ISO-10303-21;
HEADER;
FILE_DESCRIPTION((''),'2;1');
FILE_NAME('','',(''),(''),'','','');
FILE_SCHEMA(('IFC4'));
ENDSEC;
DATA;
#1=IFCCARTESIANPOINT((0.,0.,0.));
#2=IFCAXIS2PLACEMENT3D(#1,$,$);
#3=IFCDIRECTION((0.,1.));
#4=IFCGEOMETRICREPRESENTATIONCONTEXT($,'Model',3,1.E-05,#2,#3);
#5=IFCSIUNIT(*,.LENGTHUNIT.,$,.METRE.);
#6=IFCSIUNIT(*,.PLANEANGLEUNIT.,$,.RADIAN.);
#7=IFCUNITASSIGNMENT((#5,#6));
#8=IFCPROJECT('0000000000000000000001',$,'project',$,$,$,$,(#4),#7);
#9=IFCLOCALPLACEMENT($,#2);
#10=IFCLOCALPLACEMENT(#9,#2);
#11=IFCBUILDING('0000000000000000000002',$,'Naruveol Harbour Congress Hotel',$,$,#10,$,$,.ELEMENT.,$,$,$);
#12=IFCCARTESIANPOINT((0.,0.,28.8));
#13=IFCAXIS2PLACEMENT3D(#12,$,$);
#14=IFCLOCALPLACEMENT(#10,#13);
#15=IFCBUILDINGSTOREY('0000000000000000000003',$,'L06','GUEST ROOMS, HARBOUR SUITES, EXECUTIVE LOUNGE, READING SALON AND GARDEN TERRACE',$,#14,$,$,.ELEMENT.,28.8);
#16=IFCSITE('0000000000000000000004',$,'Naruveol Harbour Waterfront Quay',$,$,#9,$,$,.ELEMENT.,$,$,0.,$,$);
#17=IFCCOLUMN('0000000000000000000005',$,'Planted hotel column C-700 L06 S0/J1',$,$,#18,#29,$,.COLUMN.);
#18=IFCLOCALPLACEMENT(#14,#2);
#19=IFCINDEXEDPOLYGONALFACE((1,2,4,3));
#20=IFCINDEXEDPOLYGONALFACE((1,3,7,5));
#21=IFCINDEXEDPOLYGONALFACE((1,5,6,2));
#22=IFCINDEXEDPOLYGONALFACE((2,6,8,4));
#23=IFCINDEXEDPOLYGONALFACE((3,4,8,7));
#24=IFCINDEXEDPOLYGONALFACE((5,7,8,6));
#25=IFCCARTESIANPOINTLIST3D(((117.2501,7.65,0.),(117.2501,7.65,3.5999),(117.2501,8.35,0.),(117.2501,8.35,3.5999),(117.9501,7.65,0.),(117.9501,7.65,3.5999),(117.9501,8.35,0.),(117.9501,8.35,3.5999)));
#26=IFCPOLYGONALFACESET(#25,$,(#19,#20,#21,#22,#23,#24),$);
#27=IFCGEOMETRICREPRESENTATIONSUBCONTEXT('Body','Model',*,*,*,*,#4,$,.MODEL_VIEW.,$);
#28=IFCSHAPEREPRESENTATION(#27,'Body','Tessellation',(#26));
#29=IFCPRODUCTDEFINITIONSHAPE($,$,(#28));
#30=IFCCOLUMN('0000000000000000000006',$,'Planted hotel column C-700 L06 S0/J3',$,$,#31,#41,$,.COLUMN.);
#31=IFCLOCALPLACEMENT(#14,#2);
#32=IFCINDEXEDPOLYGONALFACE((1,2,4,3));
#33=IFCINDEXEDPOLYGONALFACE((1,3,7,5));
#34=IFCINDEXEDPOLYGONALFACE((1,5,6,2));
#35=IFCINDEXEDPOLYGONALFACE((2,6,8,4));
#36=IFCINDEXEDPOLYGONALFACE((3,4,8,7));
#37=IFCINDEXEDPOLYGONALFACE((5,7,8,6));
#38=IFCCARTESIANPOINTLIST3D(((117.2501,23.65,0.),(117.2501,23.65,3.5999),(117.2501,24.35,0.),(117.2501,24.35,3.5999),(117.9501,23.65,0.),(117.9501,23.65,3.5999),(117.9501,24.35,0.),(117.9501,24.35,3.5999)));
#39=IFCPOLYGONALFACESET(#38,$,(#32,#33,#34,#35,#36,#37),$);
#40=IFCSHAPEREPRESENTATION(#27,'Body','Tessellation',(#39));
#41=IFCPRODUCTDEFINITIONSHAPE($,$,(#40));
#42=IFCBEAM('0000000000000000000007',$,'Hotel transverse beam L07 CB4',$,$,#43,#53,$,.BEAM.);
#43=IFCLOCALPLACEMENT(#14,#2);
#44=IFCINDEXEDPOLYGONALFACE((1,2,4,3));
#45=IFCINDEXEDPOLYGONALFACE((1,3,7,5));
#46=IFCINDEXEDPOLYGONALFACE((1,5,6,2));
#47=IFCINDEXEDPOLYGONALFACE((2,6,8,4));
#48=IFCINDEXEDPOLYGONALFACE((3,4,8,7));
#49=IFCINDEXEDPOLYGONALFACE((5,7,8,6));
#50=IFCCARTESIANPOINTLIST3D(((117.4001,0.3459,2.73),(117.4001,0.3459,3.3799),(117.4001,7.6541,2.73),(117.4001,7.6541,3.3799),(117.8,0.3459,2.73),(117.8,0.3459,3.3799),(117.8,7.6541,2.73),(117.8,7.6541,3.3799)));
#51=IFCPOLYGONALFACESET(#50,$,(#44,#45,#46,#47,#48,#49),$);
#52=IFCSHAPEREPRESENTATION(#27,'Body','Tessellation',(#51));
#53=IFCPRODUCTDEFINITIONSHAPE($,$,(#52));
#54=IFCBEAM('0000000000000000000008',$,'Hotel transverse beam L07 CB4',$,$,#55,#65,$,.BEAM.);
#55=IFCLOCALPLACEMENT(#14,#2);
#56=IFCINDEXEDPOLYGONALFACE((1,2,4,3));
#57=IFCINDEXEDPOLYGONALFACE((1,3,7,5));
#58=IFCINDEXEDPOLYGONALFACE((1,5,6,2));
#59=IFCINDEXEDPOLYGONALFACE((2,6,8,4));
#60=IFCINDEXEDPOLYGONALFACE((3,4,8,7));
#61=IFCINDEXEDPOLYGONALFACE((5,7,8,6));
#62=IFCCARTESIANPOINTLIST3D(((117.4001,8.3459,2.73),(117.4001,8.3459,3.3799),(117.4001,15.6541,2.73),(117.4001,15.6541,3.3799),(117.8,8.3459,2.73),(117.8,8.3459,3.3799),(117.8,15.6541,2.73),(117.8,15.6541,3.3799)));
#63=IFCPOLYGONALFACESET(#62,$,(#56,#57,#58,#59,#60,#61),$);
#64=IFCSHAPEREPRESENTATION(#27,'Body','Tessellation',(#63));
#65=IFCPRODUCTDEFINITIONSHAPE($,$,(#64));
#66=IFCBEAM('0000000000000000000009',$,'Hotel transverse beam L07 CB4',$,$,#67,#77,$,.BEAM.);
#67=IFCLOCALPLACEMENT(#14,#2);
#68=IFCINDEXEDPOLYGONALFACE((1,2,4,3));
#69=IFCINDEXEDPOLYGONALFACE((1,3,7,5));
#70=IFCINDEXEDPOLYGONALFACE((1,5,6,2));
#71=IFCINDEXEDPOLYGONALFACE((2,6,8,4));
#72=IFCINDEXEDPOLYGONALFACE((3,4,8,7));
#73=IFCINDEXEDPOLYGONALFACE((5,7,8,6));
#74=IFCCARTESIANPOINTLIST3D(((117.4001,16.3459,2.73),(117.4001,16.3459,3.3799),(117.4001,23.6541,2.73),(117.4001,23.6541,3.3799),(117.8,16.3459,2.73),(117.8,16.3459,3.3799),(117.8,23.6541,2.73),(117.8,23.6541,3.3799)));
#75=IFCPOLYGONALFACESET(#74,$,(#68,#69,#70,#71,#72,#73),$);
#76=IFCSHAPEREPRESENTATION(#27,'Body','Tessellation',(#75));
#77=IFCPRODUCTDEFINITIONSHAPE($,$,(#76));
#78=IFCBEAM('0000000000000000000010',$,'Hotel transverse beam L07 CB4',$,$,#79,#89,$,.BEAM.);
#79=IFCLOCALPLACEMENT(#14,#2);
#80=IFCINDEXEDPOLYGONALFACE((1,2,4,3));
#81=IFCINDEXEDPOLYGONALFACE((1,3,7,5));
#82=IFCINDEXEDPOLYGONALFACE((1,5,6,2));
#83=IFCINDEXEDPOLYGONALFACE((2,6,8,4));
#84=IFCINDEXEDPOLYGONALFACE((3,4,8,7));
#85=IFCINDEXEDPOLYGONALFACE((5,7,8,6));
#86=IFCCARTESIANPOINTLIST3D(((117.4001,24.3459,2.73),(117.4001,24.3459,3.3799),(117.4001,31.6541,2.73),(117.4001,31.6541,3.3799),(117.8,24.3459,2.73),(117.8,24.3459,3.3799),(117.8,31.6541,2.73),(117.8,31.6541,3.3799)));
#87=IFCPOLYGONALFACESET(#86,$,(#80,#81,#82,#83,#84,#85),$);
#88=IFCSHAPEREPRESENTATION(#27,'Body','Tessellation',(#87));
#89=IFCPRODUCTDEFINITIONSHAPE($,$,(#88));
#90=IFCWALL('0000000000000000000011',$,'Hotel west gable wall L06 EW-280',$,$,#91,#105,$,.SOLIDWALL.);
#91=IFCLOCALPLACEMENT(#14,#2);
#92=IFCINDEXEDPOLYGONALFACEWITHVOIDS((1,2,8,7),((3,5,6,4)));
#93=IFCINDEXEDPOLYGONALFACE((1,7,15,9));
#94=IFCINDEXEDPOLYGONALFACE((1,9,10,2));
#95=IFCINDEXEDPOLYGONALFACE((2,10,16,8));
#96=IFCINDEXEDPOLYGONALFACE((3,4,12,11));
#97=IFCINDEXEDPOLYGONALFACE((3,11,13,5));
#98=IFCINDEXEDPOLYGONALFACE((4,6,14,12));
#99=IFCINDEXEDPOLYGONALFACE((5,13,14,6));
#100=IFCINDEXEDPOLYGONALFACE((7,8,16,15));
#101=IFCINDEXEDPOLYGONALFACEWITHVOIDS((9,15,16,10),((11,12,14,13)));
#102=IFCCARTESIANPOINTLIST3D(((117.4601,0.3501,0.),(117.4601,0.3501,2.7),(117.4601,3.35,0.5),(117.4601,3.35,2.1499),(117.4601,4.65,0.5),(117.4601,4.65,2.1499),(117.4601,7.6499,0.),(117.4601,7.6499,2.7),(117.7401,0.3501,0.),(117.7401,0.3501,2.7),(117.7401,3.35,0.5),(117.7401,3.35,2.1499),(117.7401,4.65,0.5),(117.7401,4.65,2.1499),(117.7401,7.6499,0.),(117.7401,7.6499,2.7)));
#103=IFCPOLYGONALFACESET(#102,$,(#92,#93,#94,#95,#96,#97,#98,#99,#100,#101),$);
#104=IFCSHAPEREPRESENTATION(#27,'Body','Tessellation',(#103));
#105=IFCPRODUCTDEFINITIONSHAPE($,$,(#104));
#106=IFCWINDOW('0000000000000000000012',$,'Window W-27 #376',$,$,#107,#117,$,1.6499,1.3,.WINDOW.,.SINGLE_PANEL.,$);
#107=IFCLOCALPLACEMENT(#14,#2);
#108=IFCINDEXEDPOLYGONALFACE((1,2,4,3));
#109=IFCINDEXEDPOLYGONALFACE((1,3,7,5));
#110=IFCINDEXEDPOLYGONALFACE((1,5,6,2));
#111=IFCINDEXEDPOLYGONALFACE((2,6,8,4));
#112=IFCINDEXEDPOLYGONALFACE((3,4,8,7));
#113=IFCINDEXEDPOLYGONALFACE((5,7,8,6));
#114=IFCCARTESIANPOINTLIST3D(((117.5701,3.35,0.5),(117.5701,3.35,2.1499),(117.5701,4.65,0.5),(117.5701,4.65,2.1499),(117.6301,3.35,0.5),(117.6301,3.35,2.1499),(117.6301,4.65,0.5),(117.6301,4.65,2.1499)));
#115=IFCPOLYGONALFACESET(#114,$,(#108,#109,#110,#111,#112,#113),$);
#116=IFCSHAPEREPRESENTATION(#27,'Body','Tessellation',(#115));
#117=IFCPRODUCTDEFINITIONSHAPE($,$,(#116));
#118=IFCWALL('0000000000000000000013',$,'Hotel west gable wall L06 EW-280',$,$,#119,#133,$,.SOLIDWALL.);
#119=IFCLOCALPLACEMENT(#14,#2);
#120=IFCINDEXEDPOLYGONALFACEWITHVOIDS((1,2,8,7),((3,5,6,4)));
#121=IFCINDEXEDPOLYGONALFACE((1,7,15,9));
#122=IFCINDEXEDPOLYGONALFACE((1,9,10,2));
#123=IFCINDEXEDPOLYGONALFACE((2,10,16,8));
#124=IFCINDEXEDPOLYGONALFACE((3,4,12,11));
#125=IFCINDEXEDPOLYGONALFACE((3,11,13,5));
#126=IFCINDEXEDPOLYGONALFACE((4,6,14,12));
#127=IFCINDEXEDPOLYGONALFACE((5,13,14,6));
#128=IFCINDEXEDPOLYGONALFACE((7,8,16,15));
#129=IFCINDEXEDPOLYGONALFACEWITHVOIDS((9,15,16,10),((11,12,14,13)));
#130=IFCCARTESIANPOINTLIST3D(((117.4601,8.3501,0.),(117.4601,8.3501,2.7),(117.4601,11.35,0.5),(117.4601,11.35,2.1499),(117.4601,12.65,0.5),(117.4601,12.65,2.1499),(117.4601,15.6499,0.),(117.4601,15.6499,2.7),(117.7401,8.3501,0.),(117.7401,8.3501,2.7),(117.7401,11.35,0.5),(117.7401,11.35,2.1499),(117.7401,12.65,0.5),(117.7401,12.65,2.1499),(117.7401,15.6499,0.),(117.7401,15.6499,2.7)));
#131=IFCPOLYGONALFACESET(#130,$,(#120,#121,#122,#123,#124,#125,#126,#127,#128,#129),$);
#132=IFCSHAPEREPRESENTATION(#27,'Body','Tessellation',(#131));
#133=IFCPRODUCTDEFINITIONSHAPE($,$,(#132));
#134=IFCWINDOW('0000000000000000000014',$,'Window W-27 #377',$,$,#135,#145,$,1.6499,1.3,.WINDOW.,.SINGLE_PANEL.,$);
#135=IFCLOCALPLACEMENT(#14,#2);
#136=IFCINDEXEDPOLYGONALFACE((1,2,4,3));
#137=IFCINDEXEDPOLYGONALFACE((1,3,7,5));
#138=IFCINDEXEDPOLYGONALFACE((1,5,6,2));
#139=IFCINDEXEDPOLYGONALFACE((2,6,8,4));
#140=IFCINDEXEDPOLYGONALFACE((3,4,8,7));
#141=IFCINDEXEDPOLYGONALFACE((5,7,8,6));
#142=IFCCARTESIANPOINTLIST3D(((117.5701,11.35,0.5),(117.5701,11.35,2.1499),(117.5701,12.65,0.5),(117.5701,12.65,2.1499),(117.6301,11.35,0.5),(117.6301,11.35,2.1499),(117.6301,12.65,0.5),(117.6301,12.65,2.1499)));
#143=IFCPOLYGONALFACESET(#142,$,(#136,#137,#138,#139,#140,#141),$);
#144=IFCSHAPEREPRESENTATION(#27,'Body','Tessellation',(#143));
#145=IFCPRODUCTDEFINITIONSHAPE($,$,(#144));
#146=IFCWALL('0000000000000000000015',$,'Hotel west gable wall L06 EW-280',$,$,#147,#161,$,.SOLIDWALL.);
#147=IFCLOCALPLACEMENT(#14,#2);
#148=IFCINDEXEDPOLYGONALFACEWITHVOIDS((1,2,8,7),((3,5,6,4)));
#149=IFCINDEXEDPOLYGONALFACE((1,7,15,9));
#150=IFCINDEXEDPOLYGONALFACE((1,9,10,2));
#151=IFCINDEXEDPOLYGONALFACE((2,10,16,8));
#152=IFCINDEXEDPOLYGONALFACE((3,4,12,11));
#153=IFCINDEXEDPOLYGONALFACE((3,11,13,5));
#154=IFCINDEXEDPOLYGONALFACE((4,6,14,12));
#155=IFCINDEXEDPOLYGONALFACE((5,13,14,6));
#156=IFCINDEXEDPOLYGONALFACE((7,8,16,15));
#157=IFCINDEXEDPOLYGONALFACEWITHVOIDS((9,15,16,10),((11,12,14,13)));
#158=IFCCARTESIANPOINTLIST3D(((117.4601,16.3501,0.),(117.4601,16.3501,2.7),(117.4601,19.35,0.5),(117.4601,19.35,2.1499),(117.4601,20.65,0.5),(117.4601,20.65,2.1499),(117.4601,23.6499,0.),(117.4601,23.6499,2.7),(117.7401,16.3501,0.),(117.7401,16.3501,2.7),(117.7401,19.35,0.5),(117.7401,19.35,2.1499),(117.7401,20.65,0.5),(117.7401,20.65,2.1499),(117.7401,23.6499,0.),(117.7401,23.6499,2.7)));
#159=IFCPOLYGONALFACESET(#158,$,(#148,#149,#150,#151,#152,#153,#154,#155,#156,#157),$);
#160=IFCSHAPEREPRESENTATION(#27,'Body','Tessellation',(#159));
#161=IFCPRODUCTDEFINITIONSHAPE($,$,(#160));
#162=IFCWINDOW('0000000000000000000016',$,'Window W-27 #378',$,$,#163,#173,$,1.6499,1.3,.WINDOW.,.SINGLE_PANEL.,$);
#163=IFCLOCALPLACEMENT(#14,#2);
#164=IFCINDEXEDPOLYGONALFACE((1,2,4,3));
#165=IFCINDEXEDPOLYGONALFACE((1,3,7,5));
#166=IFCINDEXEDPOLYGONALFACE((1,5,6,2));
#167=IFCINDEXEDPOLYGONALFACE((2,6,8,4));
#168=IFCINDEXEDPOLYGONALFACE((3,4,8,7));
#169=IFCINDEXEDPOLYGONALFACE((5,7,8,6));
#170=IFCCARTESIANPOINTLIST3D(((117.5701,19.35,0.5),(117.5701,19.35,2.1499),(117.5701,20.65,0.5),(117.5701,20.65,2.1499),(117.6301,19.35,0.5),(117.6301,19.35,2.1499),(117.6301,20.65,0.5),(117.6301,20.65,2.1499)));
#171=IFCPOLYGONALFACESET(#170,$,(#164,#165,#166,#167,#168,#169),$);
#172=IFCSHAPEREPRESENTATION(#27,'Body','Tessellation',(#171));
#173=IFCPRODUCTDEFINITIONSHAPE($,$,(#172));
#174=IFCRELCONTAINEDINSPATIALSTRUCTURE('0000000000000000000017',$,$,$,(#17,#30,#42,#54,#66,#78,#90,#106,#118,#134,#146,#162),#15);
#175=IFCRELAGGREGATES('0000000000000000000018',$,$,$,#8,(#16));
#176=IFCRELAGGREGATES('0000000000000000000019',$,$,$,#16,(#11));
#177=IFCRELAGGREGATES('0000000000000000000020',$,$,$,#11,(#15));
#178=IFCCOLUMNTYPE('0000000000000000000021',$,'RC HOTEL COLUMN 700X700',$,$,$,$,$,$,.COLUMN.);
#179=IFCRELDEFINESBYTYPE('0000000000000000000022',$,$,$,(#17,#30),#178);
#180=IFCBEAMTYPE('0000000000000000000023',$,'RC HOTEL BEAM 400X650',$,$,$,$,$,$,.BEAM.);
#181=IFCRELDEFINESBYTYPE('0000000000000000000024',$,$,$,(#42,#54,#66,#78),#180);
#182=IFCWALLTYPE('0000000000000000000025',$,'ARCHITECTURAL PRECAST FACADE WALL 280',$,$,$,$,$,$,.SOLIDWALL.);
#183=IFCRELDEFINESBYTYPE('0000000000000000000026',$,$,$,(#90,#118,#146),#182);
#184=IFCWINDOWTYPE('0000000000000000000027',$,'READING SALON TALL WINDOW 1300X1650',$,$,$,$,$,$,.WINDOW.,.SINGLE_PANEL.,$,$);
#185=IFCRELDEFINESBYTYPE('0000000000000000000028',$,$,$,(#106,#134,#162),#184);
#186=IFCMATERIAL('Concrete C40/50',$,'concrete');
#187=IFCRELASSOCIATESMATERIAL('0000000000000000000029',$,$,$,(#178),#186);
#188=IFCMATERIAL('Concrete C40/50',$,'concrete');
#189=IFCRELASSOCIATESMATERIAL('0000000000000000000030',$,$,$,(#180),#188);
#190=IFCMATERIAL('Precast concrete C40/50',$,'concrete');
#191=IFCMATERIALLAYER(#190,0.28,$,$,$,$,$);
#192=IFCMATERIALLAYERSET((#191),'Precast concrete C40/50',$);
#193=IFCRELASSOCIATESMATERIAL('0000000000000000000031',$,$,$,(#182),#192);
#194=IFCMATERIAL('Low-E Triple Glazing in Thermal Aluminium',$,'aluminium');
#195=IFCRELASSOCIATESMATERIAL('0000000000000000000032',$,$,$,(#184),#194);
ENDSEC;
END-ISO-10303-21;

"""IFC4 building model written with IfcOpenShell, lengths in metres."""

from ifc_helpers import new_model, si_unit, direction, frame, frame_2d, origin, origin_2d, place, context, subcontext, project, spatial, rectangle, extrude, material, layer, layer_set, material_profile, profile_set, type_object, element, fill, save


model = new_model("IFC4")

# Units and contexts
model_context = context("Model", 3, precision=1e-05, world=origin(), true_north=direction((0.0, 1.0)))
body_context = subcontext(model_context, "Body", "Model", "MODEL_VIEW")
ifc_project = project(units=[si_unit("LENGTHUNIT", "METRE"), si_unit("PLANEANGLEUNIT", "RADIAN")], contexts=[model_context])

# Site, building, storey
site_placement = place(None, origin())
site = spatial("IfcSite", under=ifc_project, at=site_placement, Name="Naruveol Harbour Waterfront Quay", CompositionType="ELEMENT", RefElevation=0.0)
building_placement = place(site_placement, origin())
building = spatial("IfcBuilding", under=site, at=building_placement, Name="Naruveol Harbour Congress Hotel", CompositionType="ELEMENT")
storey_placement = place(building_placement, frame((0.0, 0.0, 28.8)))
storey = spatial("IfcBuildingStorey", under=building, at=storey_placement, Name="L06", Description="GUEST ROOMS, HARBOUR SUITES, EXECUTIVE LOUNGE, READING SALON AND GARDEN TERRACE", CompositionType="ELEMENT", Elevation=28.8)

# Columns
ifc_material_1 = material(Name="Concrete C40/50", Category="concrete")
ifc_material_profile_1 = material_profile(ifc_material_1, rectangle(XDim=0.7, YDim=0.7, at=origin_2d()), Name="RC-700x700")
ifc_profile_set_1 = profile_set([ifc_material_profile_1], Name="Concrete C40/50")
column_type = type_object("IfcColumnType", Name="RC HOTEL COLUMN 700X700", PredefinedType="COLUMN", material=ifc_profile_set_1)
for number, where, z_axis, x_axis, name in (
    (1, (117.6001, 8.0, 0.0), (0.0, 0.0, 1.0), (1.0, 0.0, 0.0), "Planted hotel column C-700 L06 S0/J1"),
    (2, (117.6001, 24.0, 0.0), (0.0, 0.0, 1.0), (1.0, 0.0, 0.0), "Planted hotel column C-700 L06 S0/J3"),
):
    element("IfcColumn", number, at=place(storey_placement, frame(where, z_axis=z_axis, x_axis=x_axis)), inside=storey, type_object=column_type, Name=name, PredefinedType="COLUMN", context=body_context, shape_type="SweptSolid", body=[
        extrude(rectangle(XDim=0.7, YDim=0.7, at=origin_2d()), origin(), (0.0, 0.0, 1.0), 3.5999),
    ])

# Beams
ifc_material_2 = material(Name="Concrete C40/50", Category="concrete")
ifc_material_profile_2 = material_profile(ifc_material_2, rectangle(XDim=0.3999, YDim=0.6499, at=origin_2d()), Name="RCB-400x650")
ifc_profile_set_2 = profile_set([ifc_material_profile_2], Name="Concrete C40/50")
beam_type = type_object("IfcBeamType", Name="RC HOTEL BEAM 400X650", PredefinedType="BEAM", material=ifc_profile_set_2)
for number, where, z_axis, x_axis, name in (
    (3, (117.6001, 0.3459, 3.0549), (0.0, 1.0, 0.0), (-1.0, 0.0, 0.0), "Hotel transverse beam L07 CB4"),
    (4, (117.6001, 8.3459, 3.0549), (0.0, 1.0, 0.0), (-1.0, 0.0, 0.0), "Hotel transverse beam L07 CB4"),
    (5, (117.6001, 16.3459, 3.0549), (0.0, 1.0, 0.0), (-1.0, 0.0, 0.0), "Hotel transverse beam L07 CB4"),
    (6, (117.6001, 24.3459, 3.0549), (0.0, 1.0, 0.0), (-1.0, 0.0, 0.0), "Hotel transverse beam L07 CB4"),
):
    element("IfcBeam", number, at=place(storey_placement, frame(where, z_axis=z_axis, x_axis=x_axis)), inside=storey, type_object=beam_type, Name=name, PredefinedType="BEAM", context=body_context, shape_type="SweptSolid", body=[
        extrude(rectangle(XDim=0.3999, YDim=0.6499, at=origin_2d()), origin(), (0.0, 0.0, 1.0), 7.3081),
    ])

# Walls, openings, windows
ifc_material_3 = material(Name="Precast concrete C40/50", Category="concrete")
ifc_layer_1 = layer(ifc_material_3, 0.28)
ifc_layer_set_1 = layer_set([ifc_layer_1], Name="Precast concrete C40/50")
wall_type_1 = type_object("IfcWallType", Name="ARCHITECTURAL PRECAST FACADE WALL 280", PredefinedType="SOLIDWALL", material=ifc_layer_set_1)
wall_1_placement = place(storey_placement, frame((117.6001, 0.3501, 0.0), z_axis=(0.0, 0.0, 1.0), x_axis=(0.0, 1.0, 0.0)))
wall_1 = element("IfcWall", 7, at=wall_1_placement, inside=storey, type_object=wall_type_1, Name="Hotel west gable wall L06 EW-280", PredefinedType="SOLIDWALL", context=body_context, shape_type="SweptSolid", body=[
    extrude(rectangle(XDim=7.2998, YDim=0.28, at=frame_2d((3.6499, 0.0))), origin(), (0.0, 0.0, 1.0), 2.7),
])
opening_1_placement = place(wall_1_placement, frame((3.0, 0.0, 0.5)))
opening_1 = element("IfcOpeningElement", 8, at=opening_1_placement, cuts=wall_1, PredefinedType="OPENING", context=body_context, shape_type="SweptSolid", body=[
    extrude(rectangle(XDim=1.3, YDim=1.6499, at=frame_2d((0.6499, 0.825))), frame((0.0, 0.1499, 0.0), z_axis=(0.0, -1.0, 0.0), x_axis=(1.0, 0.0, 0.0)), (0.0, 0.0, 1.0), 0.3),
])
ifc_material_4 = material(Name="Low-E Triple Glazing in Thermal Aluminium", Category="aluminium")
window_type = type_object("IfcWindowType", Name="READING SALON TALL WINDOW 1300X1650", PartitioningType="SINGLE_PANEL", PredefinedType="WINDOW", material=ifc_material_4)
window_1_placement = place(opening_1_placement, origin())
window_1 = element("IfcWindow", 9, at=window_1_placement, inside=storey, type_object=window_type, Name="Window W-27 #376", OverallHeight=1.6499, OverallWidth=1.3, PartitioningType="SINGLE_PANEL", PredefinedType="WINDOW", context=body_context, shape_type="SweptSolid", body=[
    extrude(rectangle(XDim=1.3, YDim=1.6499, at=frame_2d((0.6499, 0.825))), frame((0.0, 0.03, 0.0), z_axis=(0.0, -1.0, 0.0), x_axis=(1.0, 0.0, 0.0)), (0.0, 0.0, 1.0), 0.0601),
])
fill(opening_1, window_1)
wall_2_placement = place(storey_placement, frame((117.6001, 8.3501, 0.0), z_axis=(0.0, 0.0, 1.0), x_axis=(0.0, 1.0, 0.0)))
wall_2 = element("IfcWall", 10, at=wall_2_placement, inside=storey, type_object=wall_type_1, Name="Hotel west gable wall L06 EW-280", PredefinedType="SOLIDWALL", context=body_context, shape_type="SweptSolid", body=[
    extrude(rectangle(XDim=7.2998, YDim=0.28, at=frame_2d((3.6499, 0.0))), origin(), (0.0, 0.0, 1.0), 2.7),
])
opening_2_placement = place(wall_2_placement, frame((3.0, 0.0, 0.5)))
opening_2 = element("IfcOpeningElement", 11, at=opening_2_placement, cuts=wall_2, PredefinedType="OPENING", context=body_context, shape_type="SweptSolid", body=[
    extrude(rectangle(XDim=1.3, YDim=1.6499, at=frame_2d((0.6499, 0.825))), frame((0.0, 0.1499, 0.0), z_axis=(0.0, -1.0, 0.0), x_axis=(1.0, 0.0, 0.0)), (0.0, 0.0, 1.0), 0.3),
])
window_2_placement = place(opening_2_placement, origin())
window_2 = element("IfcWindow", 12, at=window_2_placement, inside=storey, type_object=window_type, Name="Window W-27 #377", OverallHeight=1.6499, OverallWidth=1.3, PartitioningType="SINGLE_PANEL", PredefinedType="WINDOW", context=body_context, shape_type="SweptSolid", body=[
    extrude(rectangle(XDim=1.3, YDim=1.6499, at=frame_2d((0.6499, 0.825))), frame((0.0, 0.03, 0.0), z_axis=(0.0, -1.0, 0.0), x_axis=(1.0, 0.0, 0.0)), (0.0, 0.0, 1.0), 0.0601),
])
fill(opening_2, window_2)
wall_3_placement = place(storey_placement, frame((117.6001, 16.3501, 0.0), z_axis=(0.0, 0.0, 1.0), x_axis=(0.0, 1.0, 0.0)))
wall_3 = element("IfcWall", 13, at=wall_3_placement, inside=storey, type_object=wall_type_1, Name="Hotel west gable wall L06 EW-280", PredefinedType="SOLIDWALL", context=body_context, shape_type="SweptSolid", body=[
    extrude(rectangle(XDim=7.2998, YDim=0.28, at=frame_2d((3.6499, 0.0))), origin(), (0.0, 0.0, 1.0), 2.7),
])
opening_3_placement = place(wall_3_placement, frame((3.0, 0.0, 0.5)))
opening_3 = element("IfcOpeningElement", 14, at=opening_3_placement, cuts=wall_3, PredefinedType="OPENING", context=body_context, shape_type="SweptSolid", body=[
    extrude(rectangle(XDim=1.3, YDim=1.6499, at=frame_2d((0.6499, 0.825))), frame((0.0, 0.1499, 0.0), z_axis=(0.0, -1.0, 0.0), x_axis=(1.0, 0.0, 0.0)), (0.0, 0.0, 1.0), 0.3),
])
window_3_placement = place(opening_3_placement, origin())
window_3 = element("IfcWindow", 15, at=window_3_placement, inside=storey, type_object=window_type, Name="Window W-27 #378", OverallHeight=1.6499, OverallWidth=1.3, PartitioningType="SINGLE_PANEL", PredefinedType="WINDOW", context=body_context, shape_type="SweptSolid", body=[
    extrude(rectangle(XDim=1.3, YDim=1.6499, at=frame_2d((0.6499, 0.825))), frame((0.0, 0.03, 0.0), z_axis=(0.0, -1.0, 0.0), x_axis=(1.0, 0.0, 0.0)), (0.0, 0.0, 1.0), 0.0601),
])
fill(opening_3, window_3)

save(model, "model.ifc")
